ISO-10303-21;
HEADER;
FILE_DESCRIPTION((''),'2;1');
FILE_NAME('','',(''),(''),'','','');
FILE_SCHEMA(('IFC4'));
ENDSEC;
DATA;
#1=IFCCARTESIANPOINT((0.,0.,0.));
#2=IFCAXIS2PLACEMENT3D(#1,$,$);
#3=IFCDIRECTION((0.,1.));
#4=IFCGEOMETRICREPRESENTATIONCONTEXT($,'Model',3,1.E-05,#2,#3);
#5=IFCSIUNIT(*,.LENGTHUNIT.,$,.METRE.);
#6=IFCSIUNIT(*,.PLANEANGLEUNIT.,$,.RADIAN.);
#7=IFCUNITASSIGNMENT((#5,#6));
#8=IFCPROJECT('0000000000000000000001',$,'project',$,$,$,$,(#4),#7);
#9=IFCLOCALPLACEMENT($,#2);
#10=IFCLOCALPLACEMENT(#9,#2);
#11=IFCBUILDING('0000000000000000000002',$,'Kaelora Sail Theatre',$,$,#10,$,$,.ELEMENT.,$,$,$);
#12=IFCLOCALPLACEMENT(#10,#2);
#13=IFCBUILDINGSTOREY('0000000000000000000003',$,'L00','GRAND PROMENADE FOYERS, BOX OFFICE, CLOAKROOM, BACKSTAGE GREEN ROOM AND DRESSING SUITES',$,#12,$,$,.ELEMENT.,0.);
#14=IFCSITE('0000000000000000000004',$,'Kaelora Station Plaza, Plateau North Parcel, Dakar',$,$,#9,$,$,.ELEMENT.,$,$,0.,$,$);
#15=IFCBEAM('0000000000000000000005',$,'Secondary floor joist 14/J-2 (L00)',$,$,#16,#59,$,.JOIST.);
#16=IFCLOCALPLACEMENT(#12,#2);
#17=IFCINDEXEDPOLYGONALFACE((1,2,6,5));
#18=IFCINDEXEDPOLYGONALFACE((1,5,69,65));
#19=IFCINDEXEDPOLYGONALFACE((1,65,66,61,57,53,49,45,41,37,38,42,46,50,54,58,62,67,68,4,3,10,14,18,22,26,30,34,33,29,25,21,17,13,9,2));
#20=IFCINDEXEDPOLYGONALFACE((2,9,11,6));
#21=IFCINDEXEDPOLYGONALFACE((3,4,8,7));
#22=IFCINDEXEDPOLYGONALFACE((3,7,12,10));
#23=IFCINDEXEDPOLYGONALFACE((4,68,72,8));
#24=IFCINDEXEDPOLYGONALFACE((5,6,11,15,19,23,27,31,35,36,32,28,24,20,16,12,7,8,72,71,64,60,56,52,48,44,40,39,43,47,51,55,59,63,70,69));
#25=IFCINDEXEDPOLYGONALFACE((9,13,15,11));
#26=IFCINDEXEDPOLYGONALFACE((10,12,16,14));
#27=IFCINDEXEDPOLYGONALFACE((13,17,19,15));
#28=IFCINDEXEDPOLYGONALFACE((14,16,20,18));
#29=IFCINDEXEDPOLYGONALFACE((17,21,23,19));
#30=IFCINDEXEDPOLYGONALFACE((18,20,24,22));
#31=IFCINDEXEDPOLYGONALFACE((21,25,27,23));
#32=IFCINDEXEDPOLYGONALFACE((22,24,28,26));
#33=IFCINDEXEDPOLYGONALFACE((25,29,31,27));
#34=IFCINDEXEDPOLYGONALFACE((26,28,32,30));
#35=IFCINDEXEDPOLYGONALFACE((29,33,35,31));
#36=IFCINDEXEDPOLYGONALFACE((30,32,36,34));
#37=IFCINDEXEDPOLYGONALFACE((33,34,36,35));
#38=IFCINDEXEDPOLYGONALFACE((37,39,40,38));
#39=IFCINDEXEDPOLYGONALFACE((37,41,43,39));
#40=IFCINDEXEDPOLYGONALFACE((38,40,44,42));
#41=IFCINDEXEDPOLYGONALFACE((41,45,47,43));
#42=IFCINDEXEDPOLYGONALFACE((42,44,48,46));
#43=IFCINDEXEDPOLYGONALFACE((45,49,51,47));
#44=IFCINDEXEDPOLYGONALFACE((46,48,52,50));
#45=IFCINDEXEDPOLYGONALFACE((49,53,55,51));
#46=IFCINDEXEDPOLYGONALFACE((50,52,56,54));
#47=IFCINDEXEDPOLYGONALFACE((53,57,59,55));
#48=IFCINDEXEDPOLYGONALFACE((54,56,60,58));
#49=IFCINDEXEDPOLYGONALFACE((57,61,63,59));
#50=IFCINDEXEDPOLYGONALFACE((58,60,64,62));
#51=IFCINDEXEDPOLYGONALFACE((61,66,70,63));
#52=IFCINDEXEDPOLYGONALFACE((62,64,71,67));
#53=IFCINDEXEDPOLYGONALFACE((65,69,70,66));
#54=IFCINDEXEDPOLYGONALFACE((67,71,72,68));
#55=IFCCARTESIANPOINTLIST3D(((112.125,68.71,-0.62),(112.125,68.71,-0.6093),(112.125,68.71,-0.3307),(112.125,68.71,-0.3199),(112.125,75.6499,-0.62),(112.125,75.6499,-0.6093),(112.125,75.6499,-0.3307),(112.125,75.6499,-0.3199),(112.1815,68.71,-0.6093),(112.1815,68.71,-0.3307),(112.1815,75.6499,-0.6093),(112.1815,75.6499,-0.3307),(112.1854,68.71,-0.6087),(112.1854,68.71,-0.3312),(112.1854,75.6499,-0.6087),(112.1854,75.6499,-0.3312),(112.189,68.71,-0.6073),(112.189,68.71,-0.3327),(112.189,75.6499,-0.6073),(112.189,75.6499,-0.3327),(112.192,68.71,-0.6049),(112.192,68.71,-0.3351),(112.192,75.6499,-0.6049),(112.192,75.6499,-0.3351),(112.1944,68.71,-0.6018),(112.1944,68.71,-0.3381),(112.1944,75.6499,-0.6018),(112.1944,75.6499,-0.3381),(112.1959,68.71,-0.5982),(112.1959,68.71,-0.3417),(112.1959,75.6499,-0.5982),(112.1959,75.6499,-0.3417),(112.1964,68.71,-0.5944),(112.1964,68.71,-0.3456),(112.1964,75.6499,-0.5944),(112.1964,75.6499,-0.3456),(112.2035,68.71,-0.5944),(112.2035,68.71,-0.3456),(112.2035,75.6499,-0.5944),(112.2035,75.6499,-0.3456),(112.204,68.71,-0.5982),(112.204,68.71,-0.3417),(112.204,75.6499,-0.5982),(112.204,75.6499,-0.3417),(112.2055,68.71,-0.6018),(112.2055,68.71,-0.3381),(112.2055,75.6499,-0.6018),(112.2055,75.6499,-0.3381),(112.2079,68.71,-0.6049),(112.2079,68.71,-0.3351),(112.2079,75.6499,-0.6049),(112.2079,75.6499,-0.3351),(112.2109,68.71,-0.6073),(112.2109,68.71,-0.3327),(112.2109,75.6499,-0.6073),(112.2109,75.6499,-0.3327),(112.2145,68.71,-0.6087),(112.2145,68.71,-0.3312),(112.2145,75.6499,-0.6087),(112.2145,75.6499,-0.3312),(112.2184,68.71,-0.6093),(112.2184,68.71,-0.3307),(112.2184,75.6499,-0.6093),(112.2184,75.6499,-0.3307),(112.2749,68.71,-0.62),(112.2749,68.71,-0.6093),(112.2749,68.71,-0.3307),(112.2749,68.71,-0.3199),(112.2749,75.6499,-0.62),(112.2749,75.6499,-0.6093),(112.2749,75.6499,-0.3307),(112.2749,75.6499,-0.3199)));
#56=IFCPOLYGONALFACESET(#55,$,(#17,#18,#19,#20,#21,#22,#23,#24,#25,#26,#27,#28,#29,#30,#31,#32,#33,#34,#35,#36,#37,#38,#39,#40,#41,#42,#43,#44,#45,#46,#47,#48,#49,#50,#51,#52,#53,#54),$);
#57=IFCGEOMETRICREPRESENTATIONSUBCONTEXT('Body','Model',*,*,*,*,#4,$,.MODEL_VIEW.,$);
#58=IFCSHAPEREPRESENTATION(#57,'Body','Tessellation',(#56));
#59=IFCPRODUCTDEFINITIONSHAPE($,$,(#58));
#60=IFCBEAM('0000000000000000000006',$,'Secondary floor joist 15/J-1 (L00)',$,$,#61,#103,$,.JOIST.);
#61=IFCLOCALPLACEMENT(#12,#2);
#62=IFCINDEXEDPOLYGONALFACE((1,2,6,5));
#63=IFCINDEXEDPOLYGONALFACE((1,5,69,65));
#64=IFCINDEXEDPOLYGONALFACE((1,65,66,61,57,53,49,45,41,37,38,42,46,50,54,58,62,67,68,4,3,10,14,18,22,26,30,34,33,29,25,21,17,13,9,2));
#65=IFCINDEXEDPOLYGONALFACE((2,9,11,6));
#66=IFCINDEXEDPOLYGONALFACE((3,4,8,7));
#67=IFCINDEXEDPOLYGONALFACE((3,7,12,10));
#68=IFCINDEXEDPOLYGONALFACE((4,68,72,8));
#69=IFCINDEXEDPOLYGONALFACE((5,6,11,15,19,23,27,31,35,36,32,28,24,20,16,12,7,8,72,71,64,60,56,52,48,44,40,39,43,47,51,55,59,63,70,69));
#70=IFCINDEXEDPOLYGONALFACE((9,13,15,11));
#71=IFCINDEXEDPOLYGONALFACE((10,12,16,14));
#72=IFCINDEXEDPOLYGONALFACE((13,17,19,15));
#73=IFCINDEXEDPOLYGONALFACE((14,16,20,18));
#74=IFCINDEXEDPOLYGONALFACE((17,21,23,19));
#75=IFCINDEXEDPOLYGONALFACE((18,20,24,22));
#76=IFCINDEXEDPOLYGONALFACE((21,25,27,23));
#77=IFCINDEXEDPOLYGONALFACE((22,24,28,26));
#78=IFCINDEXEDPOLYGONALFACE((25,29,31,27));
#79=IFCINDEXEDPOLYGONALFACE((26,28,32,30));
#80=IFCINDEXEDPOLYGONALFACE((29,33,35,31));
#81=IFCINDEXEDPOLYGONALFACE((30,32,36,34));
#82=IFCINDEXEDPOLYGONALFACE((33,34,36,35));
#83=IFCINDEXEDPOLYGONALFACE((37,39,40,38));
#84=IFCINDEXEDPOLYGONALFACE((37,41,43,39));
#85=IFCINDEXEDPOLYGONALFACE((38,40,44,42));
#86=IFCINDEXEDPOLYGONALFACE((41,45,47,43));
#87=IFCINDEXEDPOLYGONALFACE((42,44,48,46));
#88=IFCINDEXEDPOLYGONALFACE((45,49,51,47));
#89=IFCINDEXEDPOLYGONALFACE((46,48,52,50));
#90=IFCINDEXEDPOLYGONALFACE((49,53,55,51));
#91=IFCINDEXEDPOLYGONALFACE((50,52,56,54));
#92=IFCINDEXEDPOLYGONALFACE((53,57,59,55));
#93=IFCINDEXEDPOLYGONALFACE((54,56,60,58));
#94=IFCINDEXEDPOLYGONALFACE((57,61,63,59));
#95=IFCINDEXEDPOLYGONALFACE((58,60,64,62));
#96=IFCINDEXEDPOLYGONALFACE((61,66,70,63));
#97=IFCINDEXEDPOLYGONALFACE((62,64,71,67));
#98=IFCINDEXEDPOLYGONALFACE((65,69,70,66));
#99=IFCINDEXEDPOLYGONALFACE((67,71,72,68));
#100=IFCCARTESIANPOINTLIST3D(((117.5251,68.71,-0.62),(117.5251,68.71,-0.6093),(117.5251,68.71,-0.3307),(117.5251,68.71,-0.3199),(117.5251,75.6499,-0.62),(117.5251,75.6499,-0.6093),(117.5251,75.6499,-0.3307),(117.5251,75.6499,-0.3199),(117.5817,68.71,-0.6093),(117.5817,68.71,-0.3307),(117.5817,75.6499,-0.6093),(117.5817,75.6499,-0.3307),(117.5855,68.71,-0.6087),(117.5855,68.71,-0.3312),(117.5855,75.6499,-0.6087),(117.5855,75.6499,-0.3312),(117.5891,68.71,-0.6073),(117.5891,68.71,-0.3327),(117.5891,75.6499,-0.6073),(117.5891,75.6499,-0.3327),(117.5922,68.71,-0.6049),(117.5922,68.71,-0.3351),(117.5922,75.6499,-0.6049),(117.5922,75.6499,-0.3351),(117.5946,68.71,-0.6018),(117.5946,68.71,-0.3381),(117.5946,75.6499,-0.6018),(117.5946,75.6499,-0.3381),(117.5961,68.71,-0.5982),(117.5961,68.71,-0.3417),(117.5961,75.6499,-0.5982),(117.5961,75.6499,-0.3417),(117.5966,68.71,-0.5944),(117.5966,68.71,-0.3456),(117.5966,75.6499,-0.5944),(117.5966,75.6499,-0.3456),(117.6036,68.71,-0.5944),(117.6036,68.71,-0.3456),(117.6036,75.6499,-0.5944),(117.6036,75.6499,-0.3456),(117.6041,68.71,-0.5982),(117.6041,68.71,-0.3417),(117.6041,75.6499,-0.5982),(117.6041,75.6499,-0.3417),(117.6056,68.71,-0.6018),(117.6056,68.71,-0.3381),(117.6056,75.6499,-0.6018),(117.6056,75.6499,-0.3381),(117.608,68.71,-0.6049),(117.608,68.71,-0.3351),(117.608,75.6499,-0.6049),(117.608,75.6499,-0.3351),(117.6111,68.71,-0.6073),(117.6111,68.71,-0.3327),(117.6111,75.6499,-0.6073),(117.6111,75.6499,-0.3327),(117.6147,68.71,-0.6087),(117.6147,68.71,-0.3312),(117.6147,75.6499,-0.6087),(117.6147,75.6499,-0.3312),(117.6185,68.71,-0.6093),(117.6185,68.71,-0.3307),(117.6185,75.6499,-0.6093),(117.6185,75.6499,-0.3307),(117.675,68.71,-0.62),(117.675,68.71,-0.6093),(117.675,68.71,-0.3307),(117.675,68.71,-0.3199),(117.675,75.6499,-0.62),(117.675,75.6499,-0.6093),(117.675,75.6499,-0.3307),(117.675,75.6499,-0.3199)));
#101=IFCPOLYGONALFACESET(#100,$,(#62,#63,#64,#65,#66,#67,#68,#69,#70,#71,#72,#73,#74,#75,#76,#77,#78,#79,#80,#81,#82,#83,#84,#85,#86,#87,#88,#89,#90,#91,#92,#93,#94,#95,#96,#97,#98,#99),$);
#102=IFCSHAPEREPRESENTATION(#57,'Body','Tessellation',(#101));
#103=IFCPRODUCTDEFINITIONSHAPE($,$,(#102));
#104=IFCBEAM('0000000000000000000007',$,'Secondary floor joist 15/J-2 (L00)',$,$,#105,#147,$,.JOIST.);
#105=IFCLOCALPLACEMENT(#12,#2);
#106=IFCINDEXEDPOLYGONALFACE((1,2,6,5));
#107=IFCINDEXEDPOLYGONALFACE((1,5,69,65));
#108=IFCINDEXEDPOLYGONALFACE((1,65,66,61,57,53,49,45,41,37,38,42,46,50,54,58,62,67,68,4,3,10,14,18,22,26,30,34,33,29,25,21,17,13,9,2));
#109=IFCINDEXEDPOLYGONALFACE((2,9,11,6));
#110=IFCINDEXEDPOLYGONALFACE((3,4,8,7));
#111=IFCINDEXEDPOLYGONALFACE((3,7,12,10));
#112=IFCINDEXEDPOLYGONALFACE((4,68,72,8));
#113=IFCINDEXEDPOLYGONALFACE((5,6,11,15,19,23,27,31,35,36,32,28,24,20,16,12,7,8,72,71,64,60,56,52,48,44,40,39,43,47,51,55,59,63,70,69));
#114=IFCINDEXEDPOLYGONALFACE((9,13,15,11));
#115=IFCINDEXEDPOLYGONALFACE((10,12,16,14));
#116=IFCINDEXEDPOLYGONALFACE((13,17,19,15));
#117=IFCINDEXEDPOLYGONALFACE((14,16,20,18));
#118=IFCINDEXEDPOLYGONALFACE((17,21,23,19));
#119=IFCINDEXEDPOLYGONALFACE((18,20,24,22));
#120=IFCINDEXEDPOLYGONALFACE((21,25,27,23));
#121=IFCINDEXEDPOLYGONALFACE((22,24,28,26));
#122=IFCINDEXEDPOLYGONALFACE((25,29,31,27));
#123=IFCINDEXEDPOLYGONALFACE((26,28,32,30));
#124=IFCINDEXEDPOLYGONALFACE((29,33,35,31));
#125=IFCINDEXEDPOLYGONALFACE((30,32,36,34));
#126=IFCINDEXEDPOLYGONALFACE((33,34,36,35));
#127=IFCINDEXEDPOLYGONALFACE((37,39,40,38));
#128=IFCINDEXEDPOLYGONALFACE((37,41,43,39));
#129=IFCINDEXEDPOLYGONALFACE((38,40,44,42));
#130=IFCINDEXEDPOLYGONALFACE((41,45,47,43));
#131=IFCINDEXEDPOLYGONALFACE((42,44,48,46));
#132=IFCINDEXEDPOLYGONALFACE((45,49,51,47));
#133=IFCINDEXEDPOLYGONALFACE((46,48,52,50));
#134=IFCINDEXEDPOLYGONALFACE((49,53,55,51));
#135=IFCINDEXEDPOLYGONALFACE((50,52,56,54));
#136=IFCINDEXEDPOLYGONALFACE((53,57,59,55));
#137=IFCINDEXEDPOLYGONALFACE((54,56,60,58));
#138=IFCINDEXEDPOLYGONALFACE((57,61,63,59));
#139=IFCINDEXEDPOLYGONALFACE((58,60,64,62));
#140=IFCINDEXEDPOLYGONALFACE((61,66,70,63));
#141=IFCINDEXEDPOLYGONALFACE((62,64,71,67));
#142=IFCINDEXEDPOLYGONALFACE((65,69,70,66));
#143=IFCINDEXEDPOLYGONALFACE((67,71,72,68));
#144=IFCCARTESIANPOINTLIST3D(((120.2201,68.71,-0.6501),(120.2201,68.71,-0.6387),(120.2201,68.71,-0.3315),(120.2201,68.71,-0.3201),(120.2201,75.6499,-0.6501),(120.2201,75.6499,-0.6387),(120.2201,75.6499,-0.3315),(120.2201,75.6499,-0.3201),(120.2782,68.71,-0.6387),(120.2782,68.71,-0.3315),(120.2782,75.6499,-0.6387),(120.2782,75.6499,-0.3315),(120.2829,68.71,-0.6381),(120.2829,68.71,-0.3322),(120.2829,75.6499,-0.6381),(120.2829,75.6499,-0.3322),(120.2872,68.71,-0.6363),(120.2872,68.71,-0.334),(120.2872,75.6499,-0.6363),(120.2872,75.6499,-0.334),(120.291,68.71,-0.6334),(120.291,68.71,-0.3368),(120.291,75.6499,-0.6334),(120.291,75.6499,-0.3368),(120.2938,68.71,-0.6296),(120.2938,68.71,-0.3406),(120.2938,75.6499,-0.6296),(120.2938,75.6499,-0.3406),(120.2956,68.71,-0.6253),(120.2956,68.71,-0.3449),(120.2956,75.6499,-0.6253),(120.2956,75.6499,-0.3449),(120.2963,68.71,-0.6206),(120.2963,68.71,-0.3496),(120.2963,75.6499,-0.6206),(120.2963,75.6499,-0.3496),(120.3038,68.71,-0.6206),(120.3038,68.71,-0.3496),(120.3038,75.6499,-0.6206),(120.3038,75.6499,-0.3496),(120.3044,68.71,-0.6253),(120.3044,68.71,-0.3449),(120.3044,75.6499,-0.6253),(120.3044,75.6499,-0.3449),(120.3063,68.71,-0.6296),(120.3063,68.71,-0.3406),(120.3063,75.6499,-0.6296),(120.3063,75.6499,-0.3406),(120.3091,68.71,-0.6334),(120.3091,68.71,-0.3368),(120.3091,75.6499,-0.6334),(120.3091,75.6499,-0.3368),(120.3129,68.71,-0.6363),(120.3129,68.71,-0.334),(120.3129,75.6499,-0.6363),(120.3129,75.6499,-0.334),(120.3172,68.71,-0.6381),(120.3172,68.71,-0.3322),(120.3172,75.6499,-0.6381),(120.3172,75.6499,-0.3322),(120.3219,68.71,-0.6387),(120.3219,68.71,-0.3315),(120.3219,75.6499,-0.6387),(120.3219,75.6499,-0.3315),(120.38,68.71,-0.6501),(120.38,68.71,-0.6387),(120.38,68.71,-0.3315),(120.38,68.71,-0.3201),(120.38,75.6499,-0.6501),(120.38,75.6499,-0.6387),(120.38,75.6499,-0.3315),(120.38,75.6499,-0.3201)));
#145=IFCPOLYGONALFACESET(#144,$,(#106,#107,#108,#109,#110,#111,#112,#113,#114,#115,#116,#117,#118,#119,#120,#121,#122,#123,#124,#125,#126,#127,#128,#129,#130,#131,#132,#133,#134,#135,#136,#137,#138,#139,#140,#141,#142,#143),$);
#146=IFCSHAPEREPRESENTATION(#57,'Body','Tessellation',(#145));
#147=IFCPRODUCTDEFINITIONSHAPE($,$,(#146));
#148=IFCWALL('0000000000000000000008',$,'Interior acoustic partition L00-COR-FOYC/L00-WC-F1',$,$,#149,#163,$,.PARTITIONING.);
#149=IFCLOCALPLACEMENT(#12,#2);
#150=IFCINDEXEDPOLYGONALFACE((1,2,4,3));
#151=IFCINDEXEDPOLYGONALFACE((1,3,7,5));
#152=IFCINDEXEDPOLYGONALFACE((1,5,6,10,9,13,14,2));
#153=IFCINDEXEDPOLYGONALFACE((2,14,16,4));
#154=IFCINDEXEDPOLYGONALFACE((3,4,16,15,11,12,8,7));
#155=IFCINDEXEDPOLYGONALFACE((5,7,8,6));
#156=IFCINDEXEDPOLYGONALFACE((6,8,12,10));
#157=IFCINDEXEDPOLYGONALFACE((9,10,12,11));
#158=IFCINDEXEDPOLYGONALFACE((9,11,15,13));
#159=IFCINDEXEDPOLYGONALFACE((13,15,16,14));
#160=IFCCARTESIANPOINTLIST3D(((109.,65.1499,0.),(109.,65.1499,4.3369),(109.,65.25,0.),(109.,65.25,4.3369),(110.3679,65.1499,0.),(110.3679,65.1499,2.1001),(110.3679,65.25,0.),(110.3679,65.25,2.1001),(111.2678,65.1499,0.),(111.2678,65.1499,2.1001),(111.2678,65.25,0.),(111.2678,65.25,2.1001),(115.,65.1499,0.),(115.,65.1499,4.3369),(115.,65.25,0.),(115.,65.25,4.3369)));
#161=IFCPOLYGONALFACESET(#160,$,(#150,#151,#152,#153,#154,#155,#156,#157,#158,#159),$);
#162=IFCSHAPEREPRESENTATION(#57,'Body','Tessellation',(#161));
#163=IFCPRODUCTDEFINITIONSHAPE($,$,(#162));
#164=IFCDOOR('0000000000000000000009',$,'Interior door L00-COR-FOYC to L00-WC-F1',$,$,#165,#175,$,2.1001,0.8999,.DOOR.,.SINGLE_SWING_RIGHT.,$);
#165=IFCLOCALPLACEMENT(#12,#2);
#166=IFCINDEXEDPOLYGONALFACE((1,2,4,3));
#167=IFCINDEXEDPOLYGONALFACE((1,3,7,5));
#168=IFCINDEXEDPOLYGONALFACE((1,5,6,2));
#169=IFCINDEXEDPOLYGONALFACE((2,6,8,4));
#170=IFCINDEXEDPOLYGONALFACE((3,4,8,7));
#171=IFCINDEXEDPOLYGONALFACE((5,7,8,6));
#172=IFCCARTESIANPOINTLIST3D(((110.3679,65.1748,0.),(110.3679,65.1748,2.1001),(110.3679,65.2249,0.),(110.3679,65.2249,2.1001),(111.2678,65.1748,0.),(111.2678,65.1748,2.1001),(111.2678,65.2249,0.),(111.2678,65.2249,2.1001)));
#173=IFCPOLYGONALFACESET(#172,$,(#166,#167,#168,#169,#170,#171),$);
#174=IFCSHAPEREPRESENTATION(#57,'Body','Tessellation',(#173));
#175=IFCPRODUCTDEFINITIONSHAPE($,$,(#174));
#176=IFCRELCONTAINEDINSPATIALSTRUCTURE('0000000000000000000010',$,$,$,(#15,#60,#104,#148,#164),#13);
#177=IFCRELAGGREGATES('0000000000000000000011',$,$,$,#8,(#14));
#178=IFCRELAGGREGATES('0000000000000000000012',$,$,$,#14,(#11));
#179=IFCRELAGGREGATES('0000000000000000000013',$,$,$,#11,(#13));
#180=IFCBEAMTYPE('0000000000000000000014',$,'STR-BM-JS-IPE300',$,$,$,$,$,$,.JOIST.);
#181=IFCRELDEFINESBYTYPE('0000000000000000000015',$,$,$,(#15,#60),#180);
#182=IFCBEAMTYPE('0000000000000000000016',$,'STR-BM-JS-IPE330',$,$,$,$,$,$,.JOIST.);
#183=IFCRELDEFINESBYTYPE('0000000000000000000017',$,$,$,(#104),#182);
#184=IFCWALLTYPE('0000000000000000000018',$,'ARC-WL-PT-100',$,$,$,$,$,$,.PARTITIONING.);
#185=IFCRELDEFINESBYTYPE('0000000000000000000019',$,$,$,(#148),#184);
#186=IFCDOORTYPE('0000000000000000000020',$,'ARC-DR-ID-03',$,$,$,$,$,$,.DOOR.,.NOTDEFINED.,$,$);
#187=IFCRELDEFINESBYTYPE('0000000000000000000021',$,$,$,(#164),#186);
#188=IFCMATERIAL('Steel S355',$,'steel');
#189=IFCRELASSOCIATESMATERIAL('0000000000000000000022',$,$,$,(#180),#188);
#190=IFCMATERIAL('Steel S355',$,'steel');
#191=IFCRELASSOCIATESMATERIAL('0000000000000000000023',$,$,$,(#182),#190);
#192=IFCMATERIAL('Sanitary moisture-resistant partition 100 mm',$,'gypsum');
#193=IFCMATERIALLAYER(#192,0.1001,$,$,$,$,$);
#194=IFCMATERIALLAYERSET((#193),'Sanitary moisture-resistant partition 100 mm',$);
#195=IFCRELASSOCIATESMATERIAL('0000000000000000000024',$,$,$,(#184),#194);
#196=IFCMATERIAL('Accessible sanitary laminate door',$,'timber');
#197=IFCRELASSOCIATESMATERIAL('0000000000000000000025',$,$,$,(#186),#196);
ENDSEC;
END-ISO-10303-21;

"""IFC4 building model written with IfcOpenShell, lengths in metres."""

from ifc_helpers import new_model, si_unit, direction, frame, frame_2d, origin, origin_2d, place, context, subcontext, project, spatial, rectangle, i_section, extrude, material, layer, layer_set, material_profile, profile_set, type_object, element, fill, save


model = new_model("IFC4")

# Units and contexts
model_context = context("Model", 3, precision=1e-05, world=origin(), true_north=direction((0.0, 1.0)))
body_context = subcontext(model_context, "Body", "Model", "MODEL_VIEW")
ifc_project = project(units=[si_unit("LENGTHUNIT", "METRE"), si_unit("PLANEANGLEUNIT", "RADIAN")], contexts=[model_context])

# Site, building, storey
site_placement = place(None, origin())
site = spatial("IfcSite", under=ifc_project, at=site_placement, Name="Kaelora Station Plaza, Plateau North Parcel, Dakar", CompositionType="ELEMENT", RefElevation=0.0)
building_placement = place(site_placement, origin())
building = spatial("IfcBuilding", under=site, at=building_placement, Name="Kaelora Sail Theatre", CompositionType="ELEMENT")
storey_placement = place(building_placement, origin())
storey = spatial("IfcBuildingStorey", under=building, at=storey_placement, Name="L00", Description="GRAND PROMENADE FOYERS, BOX OFFICE, CLOAKROOM, BACKSTAGE GREEN ROOM AND DRESSING SUITES", CompositionType="ELEMENT", Elevation=0.0)

# Beams
ifc_material_1 = material(Name="Steel S355", Category="steel")
ifc_material_profile_1 = material_profile(ifc_material_1, i_section(OverallWidth=0.1499, OverallDepth=0.3, WebThickness=0.0071, FlangeThickness=0.0107, FilletRadius=0.0149, at=origin_2d()), Name="IPE 300")
ifc_profile_set_1 = profile_set([ifc_material_profile_1], Name="Steel S355")
beam_type_1 = type_object("IfcBeamType", Name="STR-BM-JS-IPE300", PredefinedType="JOIST", material=ifc_profile_set_1)
for number, where, z_axis, x_axis, name in (
    (1, (112.2, 68.71, -0.47), (0.0, 1.0, 0.0), (-1.0, 0.0, 0.0), "Secondary floor joist 14/J-2 (L00)"),
    (2, (117.6001, 68.71, -0.47), (0.0, 1.0, 0.0), (-1.0, 0.0, 0.0), "Secondary floor joist 15/J-1 (L00)"),
):
    element("IfcBeam", number, at=place(storey_placement, frame(where, z_axis=z_axis, x_axis=x_axis)), inside=storey, type_object=beam_type_1, Name=name, PredefinedType="JOIST", context=body_context, shape_type="SweptSolid", body=[
        extrude(i_section(OverallWidth=0.1499, OverallDepth=0.3, WebThickness=0.0071, FlangeThickness=0.0107, FilletRadius=0.0149, at=origin_2d()), origin(), (0.0, 0.0, 1.0), 6.9399),
    ])
ifc_material_2 = material(Name="Steel S355", Category="steel")
ifc_material_profile_2 = material_profile(ifc_material_2, i_section(OverallWidth=0.1599, OverallDepth=0.3301, WebThickness=0.0076, FlangeThickness=0.0115, FilletRadius=0.0181, at=origin_2d()), Name="IPE 330")
ifc_profile_set_2 = profile_set([ifc_material_profile_2], Name="Steel S355")
beam_type_2 = type_object("IfcBeamType", Name="STR-BM-JS-IPE330", PredefinedType="JOIST", material=ifc_profile_set_2)
beam_1_placement = place(storey_placement, frame((120.3, 68.71, -0.4851), z_axis=(0.0, 1.0, 0.0), x_axis=(-1.0, 0.0, 0.0)))
element("IfcBeam", 3, at=beam_1_placement, inside=storey, type_object=beam_type_2, Name="Secondary floor joist 15/J-2 (L00)", PredefinedType="JOIST", context=body_context, shape_type="SweptSolid", body=[
    extrude(i_section(OverallWidth=0.1599, OverallDepth=0.3301, WebThickness=0.0076, FlangeThickness=0.0115, FilletRadius=0.0181, at=origin_2d()), origin(), (0.0, 0.0, 1.0), 6.9399),
])

# Wall, opening, door
ifc_material_3 = material(Name="Sanitary moisture-resistant partition 100 mm", Category="gypsum")
ifc_layer_1 = layer(ifc_material_3, 0.1001)
ifc_layer_set_1 = layer_set([ifc_layer_1], Name="Sanitary moisture-resistant partition 100 mm")
wall_type_1 = type_object("IfcWallType", Name="ARC-WL-PT-100", PredefinedType="PARTITIONING", material=ifc_layer_set_1)
wall_1_placement = place(storey_placement, frame((109.0, 65.2, 0.0), z_axis=(0.0, 0.0, 1.0), x_axis=(1.0, 0.0, 0.0)))
wall_1 = element("IfcWall", 4, at=wall_1_placement, inside=storey, type_object=wall_type_1, Name="Interior acoustic partition L00-COR-FOYC/L00-WC-F1", PredefinedType="PARTITIONING", context=body_context, shape_type="SweptSolid", body=[
    extrude(rectangle(XDim=6.0, YDim=0.1001, at=frame_2d((3.0, 0.0))), origin(), (0.0, 0.0, 1.0), 4.3369),
])
opening_1_placement = place(wall_1_placement, frame((1.3679, 0.0, 0.0)))
opening_1 = element("IfcOpeningElement", 5, at=opening_1_placement, cuts=wall_1, PredefinedType="OPENING", context=body_context, shape_type="SweptSolid", body=[
    extrude(rectangle(XDim=0.8999, YDim=2.1001, at=frame_2d((0.45, 1.05))), frame((0.0, 0.06, 0.0), z_axis=(0.0, -1.0, 0.0), x_axis=(1.0, 0.0, 0.0)), (0.0, 0.0, 1.0), 0.1201),
])
ifc_material_4 = material(Name="Accessible sanitary laminate door", Category="timber")
door_type_1 = type_object("IfcDoorType", Name="ARC-DR-ID-03", OperationType="NOTDEFINED", PredefinedType="DOOR", material=ifc_material_4)
door_1_placement = place(opening_1_placement, origin())
door_1 = element("IfcDoor", 6, at=door_1_placement, inside=storey, type_object=door_type_1, Name="Interior door L00-COR-FOYC to L00-WC-F1", OperationType="SINGLE_SWING_RIGHT", OverallHeight=2.1001, OverallWidth=0.8999, PredefinedType="DOOR", context=body_context, shape_type="SweptSolid", body=[
    extrude(rectangle(XDim=0.8999, YDim=2.1001, at=frame_2d((0.45, 1.05))), frame((0.0, 0.0249, 0.0), z_axis=(0.0, -1.0, 0.0), x_axis=(1.0, 0.0, 0.0)), (0.0, 0.0, 1.0), 0.05),
])
fill(opening_1, door_1)

save(model, "model.ifc")
